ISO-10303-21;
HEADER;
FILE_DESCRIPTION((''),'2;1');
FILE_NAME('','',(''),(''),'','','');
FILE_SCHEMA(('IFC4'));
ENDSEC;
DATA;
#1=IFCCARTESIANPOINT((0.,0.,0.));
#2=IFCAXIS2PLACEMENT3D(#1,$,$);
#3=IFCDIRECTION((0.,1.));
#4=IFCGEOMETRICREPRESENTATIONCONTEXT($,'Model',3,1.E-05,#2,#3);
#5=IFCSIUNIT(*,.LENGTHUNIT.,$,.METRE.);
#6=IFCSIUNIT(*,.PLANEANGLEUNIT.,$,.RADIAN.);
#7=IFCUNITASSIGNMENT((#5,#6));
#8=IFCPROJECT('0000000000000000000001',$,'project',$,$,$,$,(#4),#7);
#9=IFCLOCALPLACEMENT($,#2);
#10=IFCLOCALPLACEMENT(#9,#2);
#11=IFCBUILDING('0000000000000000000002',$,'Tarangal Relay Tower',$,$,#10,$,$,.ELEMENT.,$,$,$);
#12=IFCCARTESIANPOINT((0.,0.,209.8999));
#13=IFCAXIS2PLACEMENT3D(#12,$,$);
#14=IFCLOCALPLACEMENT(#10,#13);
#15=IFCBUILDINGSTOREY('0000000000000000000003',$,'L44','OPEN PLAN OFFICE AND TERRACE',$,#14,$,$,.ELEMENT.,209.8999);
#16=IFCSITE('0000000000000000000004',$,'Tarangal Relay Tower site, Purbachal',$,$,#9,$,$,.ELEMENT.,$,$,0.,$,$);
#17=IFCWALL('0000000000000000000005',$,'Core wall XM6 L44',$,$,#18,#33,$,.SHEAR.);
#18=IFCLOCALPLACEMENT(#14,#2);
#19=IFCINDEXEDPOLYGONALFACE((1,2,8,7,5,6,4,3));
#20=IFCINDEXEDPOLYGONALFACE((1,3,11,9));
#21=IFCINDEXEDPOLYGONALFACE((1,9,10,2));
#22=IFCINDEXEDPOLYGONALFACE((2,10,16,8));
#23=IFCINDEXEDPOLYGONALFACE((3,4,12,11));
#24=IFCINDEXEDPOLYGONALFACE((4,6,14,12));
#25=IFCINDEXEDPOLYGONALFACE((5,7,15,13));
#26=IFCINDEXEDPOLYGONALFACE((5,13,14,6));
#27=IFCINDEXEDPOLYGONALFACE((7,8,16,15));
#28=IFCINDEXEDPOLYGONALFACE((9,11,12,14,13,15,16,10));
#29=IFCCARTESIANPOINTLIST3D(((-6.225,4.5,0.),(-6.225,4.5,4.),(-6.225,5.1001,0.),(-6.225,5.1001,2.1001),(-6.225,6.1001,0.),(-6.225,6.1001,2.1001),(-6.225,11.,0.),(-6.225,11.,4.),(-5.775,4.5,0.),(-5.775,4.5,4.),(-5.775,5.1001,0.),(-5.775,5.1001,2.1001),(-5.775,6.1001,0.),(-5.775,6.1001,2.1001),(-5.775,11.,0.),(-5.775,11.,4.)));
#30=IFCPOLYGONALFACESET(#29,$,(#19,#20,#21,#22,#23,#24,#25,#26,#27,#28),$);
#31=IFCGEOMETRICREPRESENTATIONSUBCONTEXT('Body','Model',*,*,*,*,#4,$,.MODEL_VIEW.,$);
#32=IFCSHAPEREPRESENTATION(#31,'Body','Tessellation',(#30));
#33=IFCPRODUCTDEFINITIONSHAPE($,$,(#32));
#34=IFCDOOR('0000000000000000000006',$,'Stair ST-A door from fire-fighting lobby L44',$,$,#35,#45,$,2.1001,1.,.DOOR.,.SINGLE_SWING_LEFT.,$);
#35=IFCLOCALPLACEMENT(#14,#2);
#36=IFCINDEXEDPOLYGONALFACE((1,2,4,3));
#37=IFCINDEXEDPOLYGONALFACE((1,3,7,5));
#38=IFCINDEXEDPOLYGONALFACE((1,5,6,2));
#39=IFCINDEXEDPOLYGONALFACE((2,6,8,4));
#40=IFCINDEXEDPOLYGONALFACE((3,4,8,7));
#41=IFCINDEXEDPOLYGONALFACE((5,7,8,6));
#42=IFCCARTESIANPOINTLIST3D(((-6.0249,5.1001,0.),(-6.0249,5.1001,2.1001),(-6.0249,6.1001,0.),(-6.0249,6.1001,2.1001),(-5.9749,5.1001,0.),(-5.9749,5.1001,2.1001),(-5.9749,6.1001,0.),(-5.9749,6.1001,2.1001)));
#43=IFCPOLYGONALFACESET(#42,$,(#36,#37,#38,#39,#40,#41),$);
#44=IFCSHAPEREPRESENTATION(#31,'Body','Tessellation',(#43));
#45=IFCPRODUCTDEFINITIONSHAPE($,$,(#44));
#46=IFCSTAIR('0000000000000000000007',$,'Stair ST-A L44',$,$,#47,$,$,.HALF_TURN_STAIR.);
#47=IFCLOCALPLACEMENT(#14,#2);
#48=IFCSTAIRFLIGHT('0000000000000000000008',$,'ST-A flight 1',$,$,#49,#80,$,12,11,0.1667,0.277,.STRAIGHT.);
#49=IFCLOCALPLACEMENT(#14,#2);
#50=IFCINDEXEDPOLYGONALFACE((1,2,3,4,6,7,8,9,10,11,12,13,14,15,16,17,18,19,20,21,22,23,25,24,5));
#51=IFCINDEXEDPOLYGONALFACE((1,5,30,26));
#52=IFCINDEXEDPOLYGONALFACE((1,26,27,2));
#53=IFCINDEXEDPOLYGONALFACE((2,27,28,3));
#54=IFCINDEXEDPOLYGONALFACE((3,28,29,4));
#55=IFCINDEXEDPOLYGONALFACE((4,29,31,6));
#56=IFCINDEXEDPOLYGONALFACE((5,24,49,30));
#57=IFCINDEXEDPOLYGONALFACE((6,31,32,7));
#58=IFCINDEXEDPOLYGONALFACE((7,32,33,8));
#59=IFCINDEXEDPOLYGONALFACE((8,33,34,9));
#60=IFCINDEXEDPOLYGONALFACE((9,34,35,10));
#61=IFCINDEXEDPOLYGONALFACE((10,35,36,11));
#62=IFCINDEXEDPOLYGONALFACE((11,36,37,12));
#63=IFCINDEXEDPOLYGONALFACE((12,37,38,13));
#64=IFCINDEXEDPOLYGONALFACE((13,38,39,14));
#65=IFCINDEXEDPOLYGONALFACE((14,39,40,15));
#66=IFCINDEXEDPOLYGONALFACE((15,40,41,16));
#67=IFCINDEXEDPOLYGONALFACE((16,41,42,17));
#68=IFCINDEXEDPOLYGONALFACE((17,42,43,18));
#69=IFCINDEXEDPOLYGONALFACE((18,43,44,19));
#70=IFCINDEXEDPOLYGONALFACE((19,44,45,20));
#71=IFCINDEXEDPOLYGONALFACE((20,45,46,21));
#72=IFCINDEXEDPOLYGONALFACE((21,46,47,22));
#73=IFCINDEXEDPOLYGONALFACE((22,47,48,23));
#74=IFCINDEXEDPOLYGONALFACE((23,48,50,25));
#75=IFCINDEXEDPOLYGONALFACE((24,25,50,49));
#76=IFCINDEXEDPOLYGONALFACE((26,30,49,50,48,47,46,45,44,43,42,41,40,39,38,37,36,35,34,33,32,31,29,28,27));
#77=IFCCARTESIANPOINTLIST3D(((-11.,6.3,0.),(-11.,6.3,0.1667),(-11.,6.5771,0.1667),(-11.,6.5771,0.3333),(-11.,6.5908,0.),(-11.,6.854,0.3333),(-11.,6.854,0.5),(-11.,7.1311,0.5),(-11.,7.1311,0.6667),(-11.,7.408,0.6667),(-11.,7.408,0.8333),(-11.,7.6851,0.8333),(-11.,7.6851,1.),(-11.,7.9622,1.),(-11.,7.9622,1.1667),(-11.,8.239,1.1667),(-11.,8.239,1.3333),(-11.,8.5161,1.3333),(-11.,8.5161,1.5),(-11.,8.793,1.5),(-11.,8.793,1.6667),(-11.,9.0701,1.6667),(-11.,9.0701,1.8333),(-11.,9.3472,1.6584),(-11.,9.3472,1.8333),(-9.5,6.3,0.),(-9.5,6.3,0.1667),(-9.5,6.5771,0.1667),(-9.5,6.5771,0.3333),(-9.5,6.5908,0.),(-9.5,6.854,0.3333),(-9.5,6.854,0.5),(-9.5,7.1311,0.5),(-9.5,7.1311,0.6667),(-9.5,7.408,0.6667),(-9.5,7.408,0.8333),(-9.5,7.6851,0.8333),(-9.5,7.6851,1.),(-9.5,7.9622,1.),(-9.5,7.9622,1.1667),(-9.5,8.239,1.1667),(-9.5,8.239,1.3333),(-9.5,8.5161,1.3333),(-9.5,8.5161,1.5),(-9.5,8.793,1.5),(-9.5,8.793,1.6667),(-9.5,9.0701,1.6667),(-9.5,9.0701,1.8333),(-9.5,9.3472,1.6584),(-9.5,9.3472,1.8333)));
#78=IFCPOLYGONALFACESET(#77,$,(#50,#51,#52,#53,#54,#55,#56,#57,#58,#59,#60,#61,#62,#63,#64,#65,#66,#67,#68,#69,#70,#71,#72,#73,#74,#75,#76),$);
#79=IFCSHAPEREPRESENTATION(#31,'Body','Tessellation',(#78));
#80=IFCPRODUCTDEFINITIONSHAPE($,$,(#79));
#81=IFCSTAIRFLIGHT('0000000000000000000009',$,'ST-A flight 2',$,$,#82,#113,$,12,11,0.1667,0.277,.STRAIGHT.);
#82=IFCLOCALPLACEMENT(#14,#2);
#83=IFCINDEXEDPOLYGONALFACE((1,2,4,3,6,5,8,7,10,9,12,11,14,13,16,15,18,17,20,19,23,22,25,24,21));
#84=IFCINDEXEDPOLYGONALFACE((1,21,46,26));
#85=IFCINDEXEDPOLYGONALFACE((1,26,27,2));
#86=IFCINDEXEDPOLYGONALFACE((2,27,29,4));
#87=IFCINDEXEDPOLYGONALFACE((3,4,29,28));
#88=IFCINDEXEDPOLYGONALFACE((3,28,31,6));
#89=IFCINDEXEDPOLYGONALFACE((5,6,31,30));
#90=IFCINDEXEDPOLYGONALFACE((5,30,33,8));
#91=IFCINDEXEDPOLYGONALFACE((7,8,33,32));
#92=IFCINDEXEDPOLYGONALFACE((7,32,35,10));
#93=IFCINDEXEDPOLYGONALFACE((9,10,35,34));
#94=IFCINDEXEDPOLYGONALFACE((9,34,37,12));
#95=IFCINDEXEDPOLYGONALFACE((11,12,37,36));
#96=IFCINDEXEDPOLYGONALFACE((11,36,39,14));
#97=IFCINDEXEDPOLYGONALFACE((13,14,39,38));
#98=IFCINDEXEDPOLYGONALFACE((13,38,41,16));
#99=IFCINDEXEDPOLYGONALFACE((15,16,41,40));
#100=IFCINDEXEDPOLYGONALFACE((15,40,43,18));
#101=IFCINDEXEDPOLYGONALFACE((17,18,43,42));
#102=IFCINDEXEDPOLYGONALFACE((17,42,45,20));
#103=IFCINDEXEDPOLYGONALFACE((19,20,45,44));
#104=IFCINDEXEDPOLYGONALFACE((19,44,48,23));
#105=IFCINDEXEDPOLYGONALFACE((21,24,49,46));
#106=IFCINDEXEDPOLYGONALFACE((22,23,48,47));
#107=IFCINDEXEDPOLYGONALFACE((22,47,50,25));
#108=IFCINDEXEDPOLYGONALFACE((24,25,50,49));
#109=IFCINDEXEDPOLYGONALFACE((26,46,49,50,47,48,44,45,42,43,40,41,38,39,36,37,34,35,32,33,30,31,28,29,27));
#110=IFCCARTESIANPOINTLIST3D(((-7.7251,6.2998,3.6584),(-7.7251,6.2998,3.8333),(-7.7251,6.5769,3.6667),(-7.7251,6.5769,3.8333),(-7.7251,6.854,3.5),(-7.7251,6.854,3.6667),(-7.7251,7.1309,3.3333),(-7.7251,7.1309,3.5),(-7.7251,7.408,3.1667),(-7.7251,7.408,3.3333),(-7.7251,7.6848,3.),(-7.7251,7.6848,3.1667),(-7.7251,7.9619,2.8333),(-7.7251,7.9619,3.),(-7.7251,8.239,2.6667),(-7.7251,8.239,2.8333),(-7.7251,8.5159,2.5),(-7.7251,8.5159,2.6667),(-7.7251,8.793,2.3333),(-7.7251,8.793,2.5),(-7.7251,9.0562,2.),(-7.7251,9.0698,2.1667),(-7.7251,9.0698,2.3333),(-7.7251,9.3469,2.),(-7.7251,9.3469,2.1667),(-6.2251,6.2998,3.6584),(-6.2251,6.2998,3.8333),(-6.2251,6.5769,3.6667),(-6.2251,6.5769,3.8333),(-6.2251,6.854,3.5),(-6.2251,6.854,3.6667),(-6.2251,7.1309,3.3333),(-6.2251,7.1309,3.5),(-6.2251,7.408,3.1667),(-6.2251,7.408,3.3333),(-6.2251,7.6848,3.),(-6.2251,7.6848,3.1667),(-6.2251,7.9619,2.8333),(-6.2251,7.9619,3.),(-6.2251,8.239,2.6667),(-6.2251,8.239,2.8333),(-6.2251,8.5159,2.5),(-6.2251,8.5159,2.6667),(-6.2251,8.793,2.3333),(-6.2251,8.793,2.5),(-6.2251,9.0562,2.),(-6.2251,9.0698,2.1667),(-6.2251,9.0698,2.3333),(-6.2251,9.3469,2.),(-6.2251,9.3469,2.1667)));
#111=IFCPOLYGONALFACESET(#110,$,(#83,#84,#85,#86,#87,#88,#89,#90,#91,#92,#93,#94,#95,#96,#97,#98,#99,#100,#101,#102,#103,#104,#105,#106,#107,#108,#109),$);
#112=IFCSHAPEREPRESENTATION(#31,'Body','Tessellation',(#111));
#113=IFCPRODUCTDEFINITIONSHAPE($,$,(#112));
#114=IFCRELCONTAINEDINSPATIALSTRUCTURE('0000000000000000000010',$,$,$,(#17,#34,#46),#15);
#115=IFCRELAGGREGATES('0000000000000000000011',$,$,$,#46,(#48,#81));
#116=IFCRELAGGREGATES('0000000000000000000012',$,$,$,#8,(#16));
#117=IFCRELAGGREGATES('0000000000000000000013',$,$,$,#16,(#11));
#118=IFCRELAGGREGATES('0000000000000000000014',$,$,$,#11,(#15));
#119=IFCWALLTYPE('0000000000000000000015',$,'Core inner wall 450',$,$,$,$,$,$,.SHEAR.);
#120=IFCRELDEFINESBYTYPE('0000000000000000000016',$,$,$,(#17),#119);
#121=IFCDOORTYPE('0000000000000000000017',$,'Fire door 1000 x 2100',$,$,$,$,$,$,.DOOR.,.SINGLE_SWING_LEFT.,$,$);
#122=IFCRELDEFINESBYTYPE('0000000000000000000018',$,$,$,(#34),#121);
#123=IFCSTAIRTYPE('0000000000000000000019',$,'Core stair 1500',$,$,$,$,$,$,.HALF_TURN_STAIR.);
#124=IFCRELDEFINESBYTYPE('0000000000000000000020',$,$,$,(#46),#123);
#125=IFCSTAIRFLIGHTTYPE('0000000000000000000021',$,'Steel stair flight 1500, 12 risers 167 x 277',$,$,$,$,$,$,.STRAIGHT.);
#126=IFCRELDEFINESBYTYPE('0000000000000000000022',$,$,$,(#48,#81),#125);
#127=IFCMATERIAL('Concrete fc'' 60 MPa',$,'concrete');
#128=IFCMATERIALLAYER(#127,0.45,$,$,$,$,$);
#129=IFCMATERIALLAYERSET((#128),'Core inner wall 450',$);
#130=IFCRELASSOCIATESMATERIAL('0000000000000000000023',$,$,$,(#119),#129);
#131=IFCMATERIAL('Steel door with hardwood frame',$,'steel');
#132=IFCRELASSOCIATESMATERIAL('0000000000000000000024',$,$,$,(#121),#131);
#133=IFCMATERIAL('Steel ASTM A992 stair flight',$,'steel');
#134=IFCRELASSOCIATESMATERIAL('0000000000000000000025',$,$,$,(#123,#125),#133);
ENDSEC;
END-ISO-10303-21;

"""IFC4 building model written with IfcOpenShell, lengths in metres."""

from ifc_helpers import new_model, si_unit, direction, frame, frame_2d, origin, place, context, subcontext, project, spatial, polyline, rectangle, outline, extrude, material, layer, layer_set, type_object, element, fill, aggregate, save


model = new_model("IFC4")

# Units and contexts
model_context = context("Model", 3, precision=1e-05, world=origin(), true_north=direction((0.0, 1.0)))
body_context = subcontext(model_context, "Body", "Model", "MODEL_VIEW")
ifc_project = project(units=[si_unit("LENGTHUNIT", "METRE"), si_unit("PLANEANGLEUNIT", "RADIAN")], contexts=[model_context])

# Site, building, storey
site_placement = place(None, origin())
site = spatial("IfcSite", under=ifc_project, at=site_placement, Name="Tarangal Relay Tower site, Purbachal", CompositionType="ELEMENT", RefElevation=0.0)
building_placement = place(site_placement, origin())
building = spatial("IfcBuilding", under=site, at=building_placement, Name="Tarangal Relay Tower", CompositionType="ELEMENT")
storey_placement = place(building_placement, frame((0.0, 0.0, 209.8999)))
storey = spatial("IfcBuildingStorey", under=building, at=storey_placement, Name="L44", Description="OPEN PLAN OFFICE AND TERRACE", CompositionType="ELEMENT", Elevation=209.8999)

# Shared definitions
ifc_material_1 = material(Name="Concrete fc' 60 MPa", Category="concrete")
ifc_layer = layer(ifc_material_1, 0.45)
ifc_layer_set = layer_set([ifc_layer], Name="Core inner wall 450")
wall_type = type_object("IfcWallType", Name="Core inner wall 450", PredefinedType="SHEAR", material=ifc_layer_set)
ifc_material_2 = material(Name="Steel door with hardwood frame", Category="steel")
door_type_1 = type_object("IfcDoorType", Name="Fire door 1000 x 2100", OperationType="SINGLE_SWING_LEFT", PredefinedType="DOOR", material=ifc_material_2)

# Wall, opening, door
wall_1_placement = place(storey_placement, frame((-6.0, 4.5, 0.0), z_axis=(0.0, 0.0, 1.0), x_axis=(0.0, 1.0, 0.0)))
wall_1 = element("IfcWall", 1, at=wall_1_placement, inside=storey, type_object=wall_type, Name="Core wall XM6 L44", PredefinedType="SHEAR", context=body_context, shape_type="SweptSolid", body=[
    extrude(rectangle(XDim=6.5, YDim=0.45, at=frame_2d((3.25, 0.0))), origin(), (0.0, 0.0, 1.0), 4.0),
])
opening_1_placement = place(wall_1_placement, frame((0.6001, 0.0, 0.0)))
opening_1 = element("IfcOpeningElement", 2, at=opening_1_placement, cuts=wall_1, PredefinedType="OPENING", context=body_context, shape_type="SweptSolid", body=[
    extrude(rectangle(XDim=1.0, YDim=2.1001, at=frame_2d((0.5, 1.05))), frame((0.0, 0.2349, 0.0), z_axis=(0.0, -1.0, 0.0), x_axis=(1.0, 0.0, 0.0)), (0.0, 0.0, 1.0), 0.47),
])
door_1_placement = place(opening_1_placement, origin())
door_1 = element("IfcDoor", 3, at=door_1_placement, inside=storey, type_object=door_type_1, Name="Stair ST-A door from fire-fighting lobby L44", OperationType="SINGLE_SWING_LEFT", OverallHeight=2.1001, OverallWidth=1.0, PredefinedType="DOOR", context=body_context, shape_type="SweptSolid", body=[
    extrude(rectangle(XDim=1.0, YDim=2.1001, at=frame_2d((0.5, 1.05))), frame((0.0, 0.0249, 0.0), z_axis=(0.0, -1.0, 0.0), x_axis=(1.0, 0.0, 0.0)), (0.0, 0.0, 1.0), 0.05),
])
fill(opening_1, door_1)

# Stair, stair flights
ifc_material_3 = material(Name="Steel ASTM A992 stair flight", Category="steel")
stair_type = type_object("IfcStairType", Name="Core stair 1500", PredefinedType="HALF_TURN_STAIR", material=ifc_material_3)
stair_placement = place(storey_placement, origin())
stair = element("IfcStair", 4, at=stair_placement, inside=storey, type_object=stair_type, Name="Stair ST-A L44", PredefinedType="HALF_TURN_STAIR")
stair_flight_type = type_object("IfcStairFlightType", Name="Steel stair flight 1500, 12 risers 167 x 277", PredefinedType="STRAIGHT", material=ifc_material_3)
stair_flight_1_placement = place(storey_placement, frame((-10.25, 6.3, 0.0), z_axis=(0.0, 0.0, 1.0), x_axis=(0.0, 1.0, 0.0)))
stair_flight_1 = element("IfcStairFlight", 5, at=stair_flight_1_placement, type_object=stair_flight_type, Name="ST-A flight 1", NumberOfRisers=12, NumberOfTreads=11, PredefinedType="STRAIGHT", RiserHeight=0.1667, TreadLength=0.277, context=body_context, shape_type="SweptSolid", body=[
    extrude(outline(polyline([(0.0, 0.0), (0.0, 0.1667), (0.2771, 0.1667), (0.2771, 0.3333), (0.554, 0.3333), (0.554, 0.5), (0.8311, 0.5), (0.8311, 0.6667), (1.1079, 0.6667), (1.1079, 0.8333), (1.385, 0.8333), (1.385, 1.0), (1.6621, 1.0), (1.6621, 1.1667), (1.939, 1.1667), (1.939, 1.3333), (2.2161, 1.3333), (2.2161, 1.5), (2.4929, 1.5), (2.4929, 1.6667), (2.77, 1.6667), (2.77, 1.8333), (3.0471, 1.8333), (3.0471, 2.0), (3.0471, 1.6584), (0.2908, 0.0), (0.0, 0.0)])), frame((0.0, 0.75, 0.0), z_axis=(0.0, -1.0, 0.0), x_axis=(1.0, 0.0, 0.0)), (0.0, 0.0, 1.0), 1.5),
])
stair_flight_2_placement = place(storey_placement, frame((-6.9751, 9.3469, 2.0), z_axis=(0.0, 0.0, 1.0), x_axis=(0.0, -1.0, 0.0)))
stair_flight_2 = element("IfcStairFlight", 6, at=stair_flight_2_placement, type_object=stair_flight_type, Name="ST-A flight 2", NumberOfRisers=12, NumberOfTreads=11, PredefinedType="STRAIGHT", RiserHeight=0.1667, TreadLength=0.277, context=body_context, shape_type="SweptSolid", body=[
    extrude(outline(polyline([(0.0, 0.0), (0.0, 0.1667), (0.2771, 0.1667), (0.2771, 0.3333), (0.554, 0.3333), (0.554, 0.5), (0.8311, 0.5), (0.8311, 0.6667), (1.1079, 0.6667), (1.1079, 0.8333), (1.385, 0.8333), (1.385, 1.0), (1.6621, 1.0), (1.6621, 1.1667), (1.939, 1.1667), (1.939, 1.3333), (2.2161, 1.3333), (2.2161, 1.5), (2.4929, 1.5), (2.4929, 1.6667), (2.77, 1.6667), (2.77, 1.8333), (3.0471, 1.8333), (3.0471, 2.0), (3.0471, 1.6584), (0.2908, 0.0), (0.0, 0.0)])), frame((0.0, 0.75, 0.0), z_axis=(0.0, -1.0, 0.0), x_axis=(1.0, 0.0, 0.0)), (0.0, 0.0, 1.0), 1.5),
])
aggregate(stair, [stair_flight_1, stair_flight_2])

save(model, "model.ifc")
